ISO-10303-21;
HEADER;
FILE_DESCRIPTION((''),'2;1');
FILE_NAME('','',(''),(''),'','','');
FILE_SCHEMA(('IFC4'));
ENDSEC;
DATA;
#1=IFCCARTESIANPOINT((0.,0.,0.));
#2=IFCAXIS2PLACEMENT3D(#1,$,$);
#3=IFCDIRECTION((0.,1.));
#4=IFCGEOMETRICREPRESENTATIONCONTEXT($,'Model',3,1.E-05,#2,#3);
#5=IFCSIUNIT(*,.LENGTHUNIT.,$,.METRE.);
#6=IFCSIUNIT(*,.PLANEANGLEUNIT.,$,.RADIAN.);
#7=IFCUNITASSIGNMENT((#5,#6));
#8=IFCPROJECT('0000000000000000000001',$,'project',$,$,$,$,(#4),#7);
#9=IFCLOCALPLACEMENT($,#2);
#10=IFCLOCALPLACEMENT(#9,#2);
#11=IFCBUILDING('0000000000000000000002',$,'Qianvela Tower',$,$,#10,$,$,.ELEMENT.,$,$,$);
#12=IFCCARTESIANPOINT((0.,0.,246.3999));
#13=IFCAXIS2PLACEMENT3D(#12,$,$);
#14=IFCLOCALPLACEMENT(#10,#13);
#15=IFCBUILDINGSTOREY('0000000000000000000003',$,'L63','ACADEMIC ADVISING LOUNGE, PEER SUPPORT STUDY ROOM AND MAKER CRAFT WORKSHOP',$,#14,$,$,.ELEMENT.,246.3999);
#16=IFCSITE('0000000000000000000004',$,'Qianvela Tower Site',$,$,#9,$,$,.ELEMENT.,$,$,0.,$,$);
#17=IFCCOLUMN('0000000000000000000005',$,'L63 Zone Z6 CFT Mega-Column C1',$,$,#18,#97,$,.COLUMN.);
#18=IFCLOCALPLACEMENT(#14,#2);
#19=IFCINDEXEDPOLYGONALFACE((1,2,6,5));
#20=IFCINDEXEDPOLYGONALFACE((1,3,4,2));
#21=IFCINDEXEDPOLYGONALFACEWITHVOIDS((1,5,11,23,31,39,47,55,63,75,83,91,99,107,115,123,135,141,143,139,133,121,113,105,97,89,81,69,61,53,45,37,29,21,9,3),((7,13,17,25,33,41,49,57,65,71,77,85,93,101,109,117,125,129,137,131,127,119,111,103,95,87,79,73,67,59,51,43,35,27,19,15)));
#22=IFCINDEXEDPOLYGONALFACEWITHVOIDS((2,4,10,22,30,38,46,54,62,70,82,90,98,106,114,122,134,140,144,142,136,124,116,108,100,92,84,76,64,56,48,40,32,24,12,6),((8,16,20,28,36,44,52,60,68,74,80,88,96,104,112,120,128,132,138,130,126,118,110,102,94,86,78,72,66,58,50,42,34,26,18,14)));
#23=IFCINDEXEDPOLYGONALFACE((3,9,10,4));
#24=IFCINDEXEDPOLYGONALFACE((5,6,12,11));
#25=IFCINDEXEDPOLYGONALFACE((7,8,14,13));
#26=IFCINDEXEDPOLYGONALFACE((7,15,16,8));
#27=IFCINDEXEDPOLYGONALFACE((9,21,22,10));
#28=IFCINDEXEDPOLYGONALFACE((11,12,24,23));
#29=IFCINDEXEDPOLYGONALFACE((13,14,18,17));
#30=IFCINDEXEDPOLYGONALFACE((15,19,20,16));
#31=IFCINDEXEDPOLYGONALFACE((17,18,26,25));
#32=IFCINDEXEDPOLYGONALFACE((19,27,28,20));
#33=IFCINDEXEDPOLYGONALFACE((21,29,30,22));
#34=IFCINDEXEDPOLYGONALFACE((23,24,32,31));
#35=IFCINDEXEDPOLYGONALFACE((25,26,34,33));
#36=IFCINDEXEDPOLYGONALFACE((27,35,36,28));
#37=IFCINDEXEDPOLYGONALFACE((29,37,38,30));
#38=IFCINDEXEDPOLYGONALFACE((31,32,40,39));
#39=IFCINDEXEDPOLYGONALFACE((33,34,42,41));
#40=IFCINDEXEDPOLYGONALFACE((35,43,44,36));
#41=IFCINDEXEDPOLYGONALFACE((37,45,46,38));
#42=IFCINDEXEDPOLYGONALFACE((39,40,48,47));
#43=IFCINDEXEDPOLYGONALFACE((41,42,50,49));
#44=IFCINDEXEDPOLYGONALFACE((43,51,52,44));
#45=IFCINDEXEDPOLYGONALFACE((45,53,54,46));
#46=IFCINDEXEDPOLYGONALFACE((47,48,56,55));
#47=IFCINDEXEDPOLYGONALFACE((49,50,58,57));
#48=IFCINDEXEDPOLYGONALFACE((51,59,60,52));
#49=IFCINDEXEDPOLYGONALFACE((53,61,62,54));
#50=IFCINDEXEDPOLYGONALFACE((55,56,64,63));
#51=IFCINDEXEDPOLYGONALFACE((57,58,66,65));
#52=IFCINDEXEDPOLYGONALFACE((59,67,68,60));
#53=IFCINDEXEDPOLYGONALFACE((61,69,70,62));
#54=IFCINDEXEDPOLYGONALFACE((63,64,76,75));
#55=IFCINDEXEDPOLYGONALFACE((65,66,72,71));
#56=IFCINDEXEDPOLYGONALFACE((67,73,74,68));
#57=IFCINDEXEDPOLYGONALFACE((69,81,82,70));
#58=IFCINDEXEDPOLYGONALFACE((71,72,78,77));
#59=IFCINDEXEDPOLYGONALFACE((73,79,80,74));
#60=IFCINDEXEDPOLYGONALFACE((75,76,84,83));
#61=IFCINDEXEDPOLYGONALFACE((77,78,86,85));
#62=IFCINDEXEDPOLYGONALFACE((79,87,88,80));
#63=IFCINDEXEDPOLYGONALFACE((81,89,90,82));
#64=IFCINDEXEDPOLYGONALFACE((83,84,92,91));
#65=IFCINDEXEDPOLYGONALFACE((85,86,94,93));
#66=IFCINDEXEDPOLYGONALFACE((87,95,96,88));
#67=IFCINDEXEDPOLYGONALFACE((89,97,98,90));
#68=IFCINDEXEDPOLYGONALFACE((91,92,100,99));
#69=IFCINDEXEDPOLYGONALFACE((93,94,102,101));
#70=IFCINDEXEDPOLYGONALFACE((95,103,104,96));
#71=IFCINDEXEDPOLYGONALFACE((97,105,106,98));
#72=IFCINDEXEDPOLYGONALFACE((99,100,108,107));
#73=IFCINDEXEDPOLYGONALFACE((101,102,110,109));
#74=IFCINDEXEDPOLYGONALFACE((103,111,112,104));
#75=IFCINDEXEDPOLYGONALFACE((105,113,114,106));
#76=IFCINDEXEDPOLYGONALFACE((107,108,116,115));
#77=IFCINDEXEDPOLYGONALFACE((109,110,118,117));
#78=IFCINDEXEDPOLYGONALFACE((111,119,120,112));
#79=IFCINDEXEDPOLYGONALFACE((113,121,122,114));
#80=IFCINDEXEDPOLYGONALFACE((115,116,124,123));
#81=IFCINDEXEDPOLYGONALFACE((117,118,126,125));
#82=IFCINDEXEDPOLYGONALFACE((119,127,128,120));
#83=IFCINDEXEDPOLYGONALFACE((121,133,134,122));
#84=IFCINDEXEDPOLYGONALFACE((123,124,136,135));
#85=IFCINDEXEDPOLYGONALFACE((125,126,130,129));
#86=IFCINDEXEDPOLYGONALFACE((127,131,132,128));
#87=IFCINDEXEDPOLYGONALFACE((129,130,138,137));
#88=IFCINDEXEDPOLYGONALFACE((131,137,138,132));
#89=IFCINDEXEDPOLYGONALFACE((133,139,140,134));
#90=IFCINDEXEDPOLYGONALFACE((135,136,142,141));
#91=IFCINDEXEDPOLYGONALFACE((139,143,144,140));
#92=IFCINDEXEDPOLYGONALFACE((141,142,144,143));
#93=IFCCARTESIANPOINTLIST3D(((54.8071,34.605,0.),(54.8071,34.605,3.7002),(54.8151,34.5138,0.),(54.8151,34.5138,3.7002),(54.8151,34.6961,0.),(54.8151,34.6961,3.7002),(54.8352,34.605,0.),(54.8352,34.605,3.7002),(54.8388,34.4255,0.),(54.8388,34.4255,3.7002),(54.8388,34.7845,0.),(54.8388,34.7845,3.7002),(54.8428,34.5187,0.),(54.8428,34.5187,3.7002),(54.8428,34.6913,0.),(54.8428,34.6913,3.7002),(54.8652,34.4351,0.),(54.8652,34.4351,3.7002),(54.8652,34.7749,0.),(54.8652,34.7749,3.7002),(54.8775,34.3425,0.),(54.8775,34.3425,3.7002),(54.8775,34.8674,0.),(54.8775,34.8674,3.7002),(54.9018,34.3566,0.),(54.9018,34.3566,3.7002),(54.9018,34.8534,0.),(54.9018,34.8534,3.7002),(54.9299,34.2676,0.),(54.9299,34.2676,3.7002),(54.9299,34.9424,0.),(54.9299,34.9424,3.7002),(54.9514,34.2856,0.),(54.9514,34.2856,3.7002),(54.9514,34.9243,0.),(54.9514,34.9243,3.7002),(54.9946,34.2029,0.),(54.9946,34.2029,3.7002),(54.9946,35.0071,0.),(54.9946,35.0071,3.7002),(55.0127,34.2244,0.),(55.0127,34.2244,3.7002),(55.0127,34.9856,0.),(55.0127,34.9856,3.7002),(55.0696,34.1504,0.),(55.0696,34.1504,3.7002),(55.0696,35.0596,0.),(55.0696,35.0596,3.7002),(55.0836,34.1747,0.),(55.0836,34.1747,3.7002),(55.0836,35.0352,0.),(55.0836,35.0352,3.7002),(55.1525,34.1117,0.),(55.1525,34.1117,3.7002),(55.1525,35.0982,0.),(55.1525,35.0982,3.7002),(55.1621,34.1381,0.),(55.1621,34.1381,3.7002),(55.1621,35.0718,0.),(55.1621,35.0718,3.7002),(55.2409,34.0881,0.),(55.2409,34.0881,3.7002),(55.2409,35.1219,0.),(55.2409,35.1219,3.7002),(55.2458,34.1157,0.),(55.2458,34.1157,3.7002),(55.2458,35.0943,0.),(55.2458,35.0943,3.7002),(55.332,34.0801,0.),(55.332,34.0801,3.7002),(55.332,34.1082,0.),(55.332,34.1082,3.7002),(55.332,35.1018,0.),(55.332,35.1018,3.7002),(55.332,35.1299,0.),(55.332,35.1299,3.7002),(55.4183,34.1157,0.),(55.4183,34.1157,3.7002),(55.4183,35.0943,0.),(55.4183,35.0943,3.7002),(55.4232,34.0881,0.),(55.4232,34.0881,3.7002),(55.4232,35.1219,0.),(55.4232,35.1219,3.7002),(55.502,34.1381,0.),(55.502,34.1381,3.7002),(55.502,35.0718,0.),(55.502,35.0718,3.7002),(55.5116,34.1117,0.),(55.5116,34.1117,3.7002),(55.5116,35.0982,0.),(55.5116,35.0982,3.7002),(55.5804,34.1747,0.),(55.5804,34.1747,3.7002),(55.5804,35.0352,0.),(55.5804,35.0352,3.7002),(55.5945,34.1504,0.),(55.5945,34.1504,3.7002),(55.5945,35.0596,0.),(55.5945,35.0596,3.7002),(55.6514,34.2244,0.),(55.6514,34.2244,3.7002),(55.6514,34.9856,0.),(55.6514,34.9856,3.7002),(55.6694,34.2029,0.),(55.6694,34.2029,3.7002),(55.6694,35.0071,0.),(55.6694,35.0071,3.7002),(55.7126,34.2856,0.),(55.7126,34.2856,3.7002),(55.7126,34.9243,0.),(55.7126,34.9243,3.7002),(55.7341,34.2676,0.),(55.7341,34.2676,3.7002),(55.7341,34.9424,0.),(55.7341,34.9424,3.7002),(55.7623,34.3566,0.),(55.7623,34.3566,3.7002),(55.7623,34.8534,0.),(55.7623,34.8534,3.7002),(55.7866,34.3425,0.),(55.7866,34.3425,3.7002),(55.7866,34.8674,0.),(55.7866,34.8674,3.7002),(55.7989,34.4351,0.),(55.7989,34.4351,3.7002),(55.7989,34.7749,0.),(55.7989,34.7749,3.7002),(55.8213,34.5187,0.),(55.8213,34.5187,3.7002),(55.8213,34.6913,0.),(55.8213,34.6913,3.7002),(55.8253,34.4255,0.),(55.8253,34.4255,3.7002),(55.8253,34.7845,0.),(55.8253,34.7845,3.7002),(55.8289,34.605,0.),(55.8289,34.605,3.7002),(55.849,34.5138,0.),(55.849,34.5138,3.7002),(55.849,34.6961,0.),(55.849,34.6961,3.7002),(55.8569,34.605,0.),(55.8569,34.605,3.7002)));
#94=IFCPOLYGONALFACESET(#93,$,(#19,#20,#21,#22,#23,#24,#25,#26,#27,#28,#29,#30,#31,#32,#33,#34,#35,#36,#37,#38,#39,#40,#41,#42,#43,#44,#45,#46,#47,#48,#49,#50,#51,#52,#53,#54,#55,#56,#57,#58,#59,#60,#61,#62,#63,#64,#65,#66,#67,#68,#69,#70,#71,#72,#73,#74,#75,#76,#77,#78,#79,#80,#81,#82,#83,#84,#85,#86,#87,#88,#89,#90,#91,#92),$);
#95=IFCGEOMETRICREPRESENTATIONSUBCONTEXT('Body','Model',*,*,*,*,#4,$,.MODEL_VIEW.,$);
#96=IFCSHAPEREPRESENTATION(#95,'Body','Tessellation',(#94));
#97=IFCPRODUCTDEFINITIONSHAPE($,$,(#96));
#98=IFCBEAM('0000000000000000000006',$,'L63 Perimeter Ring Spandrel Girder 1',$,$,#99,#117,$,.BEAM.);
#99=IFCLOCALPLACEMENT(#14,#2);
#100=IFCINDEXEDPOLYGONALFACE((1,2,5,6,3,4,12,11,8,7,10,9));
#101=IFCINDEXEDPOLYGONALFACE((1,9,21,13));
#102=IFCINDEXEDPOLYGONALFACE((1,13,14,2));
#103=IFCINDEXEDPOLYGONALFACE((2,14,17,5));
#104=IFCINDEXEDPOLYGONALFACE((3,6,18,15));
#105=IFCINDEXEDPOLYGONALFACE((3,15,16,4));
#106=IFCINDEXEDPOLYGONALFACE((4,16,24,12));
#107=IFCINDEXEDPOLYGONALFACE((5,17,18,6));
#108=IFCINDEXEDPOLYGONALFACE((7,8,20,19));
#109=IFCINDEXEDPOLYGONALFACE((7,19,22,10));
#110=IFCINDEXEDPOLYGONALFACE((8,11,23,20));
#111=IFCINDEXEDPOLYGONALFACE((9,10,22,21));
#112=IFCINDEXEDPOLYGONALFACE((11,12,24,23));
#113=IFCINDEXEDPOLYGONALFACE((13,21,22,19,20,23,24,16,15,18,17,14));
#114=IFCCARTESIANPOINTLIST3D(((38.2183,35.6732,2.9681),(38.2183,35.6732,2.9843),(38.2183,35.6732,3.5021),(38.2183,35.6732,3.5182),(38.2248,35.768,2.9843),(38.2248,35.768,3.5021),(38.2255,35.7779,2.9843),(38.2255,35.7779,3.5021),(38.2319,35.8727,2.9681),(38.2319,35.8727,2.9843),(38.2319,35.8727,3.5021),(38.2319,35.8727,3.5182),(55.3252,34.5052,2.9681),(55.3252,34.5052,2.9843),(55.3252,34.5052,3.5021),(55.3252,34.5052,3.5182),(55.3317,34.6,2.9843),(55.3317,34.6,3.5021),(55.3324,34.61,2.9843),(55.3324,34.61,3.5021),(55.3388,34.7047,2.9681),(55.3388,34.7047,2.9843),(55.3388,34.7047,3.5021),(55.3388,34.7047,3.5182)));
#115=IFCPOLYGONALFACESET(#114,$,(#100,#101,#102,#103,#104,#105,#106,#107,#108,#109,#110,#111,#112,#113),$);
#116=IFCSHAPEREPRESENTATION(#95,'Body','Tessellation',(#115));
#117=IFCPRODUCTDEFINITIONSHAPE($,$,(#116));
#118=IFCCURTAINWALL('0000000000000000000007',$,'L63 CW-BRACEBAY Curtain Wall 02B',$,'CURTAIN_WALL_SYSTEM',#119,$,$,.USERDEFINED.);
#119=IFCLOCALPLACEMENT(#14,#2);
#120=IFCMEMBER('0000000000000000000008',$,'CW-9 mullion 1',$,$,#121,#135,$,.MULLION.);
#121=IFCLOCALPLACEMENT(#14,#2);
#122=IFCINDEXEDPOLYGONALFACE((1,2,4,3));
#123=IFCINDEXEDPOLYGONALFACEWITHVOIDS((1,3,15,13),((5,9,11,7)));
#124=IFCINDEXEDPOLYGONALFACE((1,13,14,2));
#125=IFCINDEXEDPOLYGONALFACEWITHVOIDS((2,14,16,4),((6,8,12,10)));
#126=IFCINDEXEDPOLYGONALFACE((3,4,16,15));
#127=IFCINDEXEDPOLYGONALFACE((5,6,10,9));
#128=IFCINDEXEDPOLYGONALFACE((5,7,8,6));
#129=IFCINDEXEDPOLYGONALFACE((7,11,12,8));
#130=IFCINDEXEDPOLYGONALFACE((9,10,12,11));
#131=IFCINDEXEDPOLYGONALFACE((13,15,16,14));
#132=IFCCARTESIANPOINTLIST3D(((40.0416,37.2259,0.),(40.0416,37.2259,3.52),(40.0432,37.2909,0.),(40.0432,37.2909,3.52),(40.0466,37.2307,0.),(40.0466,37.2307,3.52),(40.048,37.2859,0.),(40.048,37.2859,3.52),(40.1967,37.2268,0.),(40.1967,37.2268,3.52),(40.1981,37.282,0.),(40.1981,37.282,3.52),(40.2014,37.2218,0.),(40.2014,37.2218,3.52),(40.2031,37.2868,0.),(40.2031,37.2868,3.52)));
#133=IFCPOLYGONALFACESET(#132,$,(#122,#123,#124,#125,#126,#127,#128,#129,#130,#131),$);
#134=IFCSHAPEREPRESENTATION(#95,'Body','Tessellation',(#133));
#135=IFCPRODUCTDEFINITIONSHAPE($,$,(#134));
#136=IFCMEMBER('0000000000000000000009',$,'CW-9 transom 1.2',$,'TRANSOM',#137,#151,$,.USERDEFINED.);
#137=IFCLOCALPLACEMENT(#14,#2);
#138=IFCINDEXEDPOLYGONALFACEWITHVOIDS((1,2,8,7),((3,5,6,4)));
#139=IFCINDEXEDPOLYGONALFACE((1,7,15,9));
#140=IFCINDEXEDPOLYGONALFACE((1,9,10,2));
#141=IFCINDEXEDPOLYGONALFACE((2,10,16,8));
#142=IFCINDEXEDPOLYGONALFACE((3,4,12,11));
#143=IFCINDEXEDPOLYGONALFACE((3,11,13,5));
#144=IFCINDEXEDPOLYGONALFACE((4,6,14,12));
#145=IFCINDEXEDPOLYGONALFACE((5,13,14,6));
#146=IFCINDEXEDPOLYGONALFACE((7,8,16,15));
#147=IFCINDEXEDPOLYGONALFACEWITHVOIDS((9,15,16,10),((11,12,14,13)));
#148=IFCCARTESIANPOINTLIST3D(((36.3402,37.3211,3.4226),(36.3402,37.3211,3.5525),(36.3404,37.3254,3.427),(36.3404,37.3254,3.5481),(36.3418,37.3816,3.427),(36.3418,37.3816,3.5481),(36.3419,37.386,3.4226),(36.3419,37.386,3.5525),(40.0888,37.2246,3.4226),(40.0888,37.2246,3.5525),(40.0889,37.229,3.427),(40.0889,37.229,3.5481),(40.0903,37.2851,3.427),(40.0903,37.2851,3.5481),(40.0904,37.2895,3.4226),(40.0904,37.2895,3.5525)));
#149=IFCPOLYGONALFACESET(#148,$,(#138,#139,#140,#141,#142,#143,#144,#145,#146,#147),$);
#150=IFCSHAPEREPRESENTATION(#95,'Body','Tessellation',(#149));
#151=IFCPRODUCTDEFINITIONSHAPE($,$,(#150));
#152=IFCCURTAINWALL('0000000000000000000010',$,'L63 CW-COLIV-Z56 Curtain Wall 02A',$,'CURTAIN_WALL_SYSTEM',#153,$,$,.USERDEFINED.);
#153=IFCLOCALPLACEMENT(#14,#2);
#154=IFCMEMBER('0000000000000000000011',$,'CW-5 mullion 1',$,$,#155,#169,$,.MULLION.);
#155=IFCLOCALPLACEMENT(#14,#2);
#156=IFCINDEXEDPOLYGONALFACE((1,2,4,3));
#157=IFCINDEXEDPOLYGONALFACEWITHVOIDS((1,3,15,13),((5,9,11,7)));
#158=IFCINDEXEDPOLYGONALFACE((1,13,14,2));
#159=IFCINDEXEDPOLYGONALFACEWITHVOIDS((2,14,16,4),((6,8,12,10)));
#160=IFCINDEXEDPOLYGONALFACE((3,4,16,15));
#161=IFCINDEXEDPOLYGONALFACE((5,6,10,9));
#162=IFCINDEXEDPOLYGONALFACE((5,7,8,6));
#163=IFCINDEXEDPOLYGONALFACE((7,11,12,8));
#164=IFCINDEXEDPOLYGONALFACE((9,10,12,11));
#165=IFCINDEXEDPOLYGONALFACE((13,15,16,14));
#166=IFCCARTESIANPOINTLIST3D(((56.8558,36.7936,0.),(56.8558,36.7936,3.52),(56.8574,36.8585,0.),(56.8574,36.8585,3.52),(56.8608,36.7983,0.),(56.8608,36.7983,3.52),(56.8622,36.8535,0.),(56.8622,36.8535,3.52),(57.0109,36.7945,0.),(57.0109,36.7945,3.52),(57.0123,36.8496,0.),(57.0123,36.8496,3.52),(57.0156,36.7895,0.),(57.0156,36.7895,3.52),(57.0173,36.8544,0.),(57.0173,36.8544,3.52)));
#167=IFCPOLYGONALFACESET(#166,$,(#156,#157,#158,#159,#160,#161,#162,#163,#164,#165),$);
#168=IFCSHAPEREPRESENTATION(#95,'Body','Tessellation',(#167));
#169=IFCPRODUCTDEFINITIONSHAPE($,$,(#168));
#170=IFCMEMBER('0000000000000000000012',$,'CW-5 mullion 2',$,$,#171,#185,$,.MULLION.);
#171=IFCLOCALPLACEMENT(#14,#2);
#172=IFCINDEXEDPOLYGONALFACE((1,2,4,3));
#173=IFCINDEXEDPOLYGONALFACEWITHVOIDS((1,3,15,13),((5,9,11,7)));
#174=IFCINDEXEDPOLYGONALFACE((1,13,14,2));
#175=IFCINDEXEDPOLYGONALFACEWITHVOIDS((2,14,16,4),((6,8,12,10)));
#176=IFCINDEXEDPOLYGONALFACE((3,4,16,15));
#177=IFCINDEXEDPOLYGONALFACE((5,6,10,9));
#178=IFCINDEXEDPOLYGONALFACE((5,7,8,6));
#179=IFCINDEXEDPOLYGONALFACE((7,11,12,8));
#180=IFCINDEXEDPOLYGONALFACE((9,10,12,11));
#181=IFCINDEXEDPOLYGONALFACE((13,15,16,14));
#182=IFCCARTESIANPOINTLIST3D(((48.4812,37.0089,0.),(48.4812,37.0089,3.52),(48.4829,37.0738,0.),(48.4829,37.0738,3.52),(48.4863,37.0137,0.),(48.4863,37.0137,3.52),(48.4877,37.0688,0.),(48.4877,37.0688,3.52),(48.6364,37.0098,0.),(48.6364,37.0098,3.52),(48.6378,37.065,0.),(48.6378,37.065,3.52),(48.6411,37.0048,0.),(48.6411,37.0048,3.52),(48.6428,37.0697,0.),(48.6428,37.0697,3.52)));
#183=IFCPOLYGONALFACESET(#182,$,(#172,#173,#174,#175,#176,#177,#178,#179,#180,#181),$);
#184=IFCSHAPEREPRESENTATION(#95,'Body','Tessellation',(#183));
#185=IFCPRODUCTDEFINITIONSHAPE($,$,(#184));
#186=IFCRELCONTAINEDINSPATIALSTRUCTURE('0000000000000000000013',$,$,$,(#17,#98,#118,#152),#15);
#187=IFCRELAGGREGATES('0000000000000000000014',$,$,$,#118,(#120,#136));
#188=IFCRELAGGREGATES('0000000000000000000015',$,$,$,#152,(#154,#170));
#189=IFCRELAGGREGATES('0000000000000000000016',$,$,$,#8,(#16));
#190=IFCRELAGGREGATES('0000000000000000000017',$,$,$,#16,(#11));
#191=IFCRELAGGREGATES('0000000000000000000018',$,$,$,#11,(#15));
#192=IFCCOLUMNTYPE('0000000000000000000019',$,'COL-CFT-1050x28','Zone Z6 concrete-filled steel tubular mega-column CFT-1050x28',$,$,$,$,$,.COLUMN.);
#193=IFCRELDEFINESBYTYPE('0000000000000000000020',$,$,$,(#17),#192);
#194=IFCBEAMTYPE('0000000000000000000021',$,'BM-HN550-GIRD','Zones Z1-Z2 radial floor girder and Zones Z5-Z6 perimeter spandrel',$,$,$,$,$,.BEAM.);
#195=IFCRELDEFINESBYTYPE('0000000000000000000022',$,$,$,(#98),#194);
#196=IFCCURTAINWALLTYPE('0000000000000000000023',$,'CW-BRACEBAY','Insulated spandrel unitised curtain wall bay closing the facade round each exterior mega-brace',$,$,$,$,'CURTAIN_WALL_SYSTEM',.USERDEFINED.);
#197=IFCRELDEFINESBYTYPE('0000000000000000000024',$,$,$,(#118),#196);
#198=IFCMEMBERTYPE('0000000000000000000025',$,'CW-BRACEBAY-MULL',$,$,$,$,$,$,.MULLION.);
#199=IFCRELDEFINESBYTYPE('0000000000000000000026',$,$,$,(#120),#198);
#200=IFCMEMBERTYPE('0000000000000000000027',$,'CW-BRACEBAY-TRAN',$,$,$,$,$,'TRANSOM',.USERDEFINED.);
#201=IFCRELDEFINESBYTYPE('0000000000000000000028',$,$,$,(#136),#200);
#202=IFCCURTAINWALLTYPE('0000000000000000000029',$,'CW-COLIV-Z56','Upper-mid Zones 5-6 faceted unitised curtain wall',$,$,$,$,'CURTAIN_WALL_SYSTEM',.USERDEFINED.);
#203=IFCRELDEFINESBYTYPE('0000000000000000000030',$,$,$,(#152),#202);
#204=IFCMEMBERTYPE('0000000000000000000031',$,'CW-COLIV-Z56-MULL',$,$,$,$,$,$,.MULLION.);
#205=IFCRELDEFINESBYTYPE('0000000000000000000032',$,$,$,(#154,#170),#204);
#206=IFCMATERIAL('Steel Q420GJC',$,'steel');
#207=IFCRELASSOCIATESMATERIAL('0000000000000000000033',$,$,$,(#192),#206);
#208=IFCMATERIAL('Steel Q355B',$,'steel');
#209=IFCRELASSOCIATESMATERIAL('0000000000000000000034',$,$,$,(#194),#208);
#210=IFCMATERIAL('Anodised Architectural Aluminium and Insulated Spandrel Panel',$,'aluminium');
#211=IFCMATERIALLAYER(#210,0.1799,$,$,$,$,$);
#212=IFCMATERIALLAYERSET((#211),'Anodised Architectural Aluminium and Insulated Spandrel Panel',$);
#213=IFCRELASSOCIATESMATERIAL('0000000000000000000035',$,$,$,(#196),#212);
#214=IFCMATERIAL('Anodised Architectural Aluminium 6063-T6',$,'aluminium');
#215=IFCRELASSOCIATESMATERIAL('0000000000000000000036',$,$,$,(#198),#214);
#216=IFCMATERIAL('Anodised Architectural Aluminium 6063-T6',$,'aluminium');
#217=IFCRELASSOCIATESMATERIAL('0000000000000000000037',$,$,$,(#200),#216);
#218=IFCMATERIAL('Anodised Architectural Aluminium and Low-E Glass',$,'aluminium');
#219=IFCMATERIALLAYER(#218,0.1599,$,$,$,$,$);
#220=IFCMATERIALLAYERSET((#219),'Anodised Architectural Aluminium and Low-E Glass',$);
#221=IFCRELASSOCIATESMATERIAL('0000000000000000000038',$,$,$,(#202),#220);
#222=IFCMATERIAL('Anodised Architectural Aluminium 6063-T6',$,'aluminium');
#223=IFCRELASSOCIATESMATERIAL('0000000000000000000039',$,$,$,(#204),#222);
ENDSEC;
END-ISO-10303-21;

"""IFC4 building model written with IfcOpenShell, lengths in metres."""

from ifc_helpers import new_model, si_unit, direction, frame, origin, origin_2d, place, context, subcontext, project, spatial, hollow_rectangle, hollow_circle, i_section, extrude, material, layer, layer_set, material_profile, profile_set, type_object, element, aggregate, save


model = new_model("IFC4")

# Units and contexts
model_context = context("Model", 3, precision=1e-05, world=origin(), true_north=direction((0.0, 1.0)))
body_context = subcontext(model_context, "Body", "Model", "MODEL_VIEW")
ifc_project = project(units=[si_unit("LENGTHUNIT", "METRE"), si_unit("PLANEANGLEUNIT", "RADIAN")], contexts=[model_context])

# Site, building, storey
site_placement = place(None, origin())
site = spatial("IfcSite", under=ifc_project, at=site_placement, Name="Qianvela Tower Site", CompositionType="ELEMENT", RefElevation=0.0)
building_placement = place(site_placement, origin())
building = spatial("IfcBuilding", under=site, at=building_placement, Name="Qianvela Tower", CompositionType="ELEMENT")
storey_placement = place(building_placement, frame((0.0, 0.0, 246.3999)))
storey = spatial("IfcBuildingStorey", under=building, at=storey_placement, Name="L63", Description="ACADEMIC ADVISING LOUNGE, PEER SUPPORT STUDY ROOM AND MAKER CRAFT WORKSHOP", CompositionType="ELEMENT", Elevation=246.3999)

# Column
ifc_material_1 = material(Name="Steel Q420GJC", Category="steel")
ifc_material_profile_1 = material_profile(ifc_material_1, hollow_circle(Radius=0.5249, WallThickness=0.0281, at=origin_2d()), Name="CFT-1050x28")
ifc_profile_set_1 = profile_set([ifc_material_profile_1], Name="Steel Q420GJC")
column_type = type_object("IfcColumnType", Name="COL-CFT-1050x28", Description="Zone Z6 concrete-filled steel tubular mega-column CFT-1050x28", PredefinedType="COLUMN", material=ifc_profile_set_1)
column_placement = place(storey_placement, frame((55.332, 34.605, 0.0), z_axis=(0.0, 0.0, 1.0), x_axis=(1.0, 0.0, 0.0)))
element("IfcColumn", 1, at=column_placement, inside=storey, type_object=column_type, Name="L63 Zone Z6 CFT Mega-Column C1", PredefinedType="COLUMN", context=body_context, shape_type="SweptSolid", body=[
    extrude(hollow_circle(Radius=0.5249, WallThickness=0.0281, at=origin_2d()), origin(), (0.0, 0.0, 1.0), 3.7002),
])

# Beam
ifc_material_2 = material(Name="Steel Q355B", Category="steel")
ifc_material_profile_2 = material_profile(ifc_material_2, i_section(OverallWidth=0.2, OverallDepth=0.55, WebThickness=0.01, FlangeThickness=0.0161, at=origin_2d()), Name="HN550x200x10x16")
ifc_profile_set_2 = profile_set([ifc_material_profile_2], Name="Steel Q355B")
beam_type = type_object("IfcBeamType", Name="BM-HN550-GIRD", Description="Zones Z1-Z2 radial floor girder and Zones Z5-Z6 perimeter spandrel", PredefinedType="BEAM", material=ifc_profile_set_2)
beam_placement = place(storey_placement, frame((55.332, 34.605, 3.2432), z_axis=(-0.997677, 0.068116, 0.0), x_axis=(-0.068116, -0.997677, 0.0)))
element("IfcBeam", 2, at=beam_placement, inside=storey, type_object=beam_type, Name="L63 Perimeter Ring Spandrel Girder 1", PredefinedType="BEAM", context=body_context, shape_type="SweptSolid", body=[
    extrude(i_section(OverallWidth=0.2, OverallDepth=0.55, WebThickness=0.01, FlangeThickness=0.0161, at=origin_2d()), origin(), (0.0, 0.0, 1.0), 17.1467),
])

# Curtain walls, members
ifc_material_3 = material(Name="Anodised Architectural Aluminium and Insulated Spandrel Panel", Category="aluminium")
ifc_layer_1 = layer(ifc_material_3, 0.1799)
ifc_layer_set_1 = layer_set([ifc_layer_1], Name="Anodised Architectural Aluminium and Insulated Spandrel Panel")
curtain_wall_type_1 = type_object("IfcCurtainWallType", Name="CW-BRACEBAY", Description="Insulated spandrel unitised curtain wall bay closing the facade round each exterior mega-brace", ElementType="CURTAIN_WALL_SYSTEM", PredefinedType="USERDEFINED", material=ifc_layer_set_1)
curtain_wall_1_placement = place(storey_placement, origin())
curtain_wall_1 = element("IfcCurtainWall", 3, at=curtain_wall_1_placement, inside=storey, type_object=curtain_wall_type_1, Name="L63 CW-BRACEBAY Curtain Wall 02B", ObjectType="CURTAIN_WALL_SYSTEM", PredefinedType="USERDEFINED")
ifc_material_4 = material(Name="Anodised Architectural Aluminium 6063-T6", Category="aluminium")
ifc_material_profile_3 = material_profile(ifc_material_4, hollow_rectangle(XDim=0.0649, YDim=0.1599, WallThickness=0.0049, at=origin_2d()), Name="ALU-MULL-65x160")
ifc_profile_set_3 = profile_set([ifc_material_profile_3], Name="Anodised Architectural Aluminium 6063-T6")
member_type_1 = type_object("IfcMemberType", Name="CW-BRACEBAY-MULL", PredefinedType="MULLION", material=ifc_profile_set_3)
member_1_placement = place(storey_placement, frame((40.1223, 37.2563, 0.0), z_axis=(0.0, 0.0, 1.0), x_axis=(-0.025696, -0.99967, 0.0)))
member_1 = element("IfcMember", 4, at=member_1_placement, type_object=member_type_1, Name="CW-9 mullion 1", PredefinedType="MULLION", context=body_context, shape_type="SweptSolid", body=[
    extrude(hollow_rectangle(XDim=0.0649, YDim=0.1599, WallThickness=0.0049, at=origin_2d()), origin(), (0.0, 0.0, 1.0), 3.52),
])
ifc_material_5 = material(Name="Anodised Architectural Aluminium 6063-T6", Category="aluminium")
ifc_material_profile_4 = material_profile(ifc_material_5, hollow_rectangle(XDim=0.0649, YDim=0.1299, WallThickness=0.0044, at=origin_2d()), Name="ALU-TRAN-65x130")
ifc_profile_set_4 = profile_set([ifc_material_profile_4], Name="Anodised Architectural Aluminium 6063-T6")
member_type_2 = type_object("IfcMemberType", Name="CW-BRACEBAY-TRAN", ElementType="TRANSOM", PredefinedType="USERDEFINED", material=ifc_profile_set_4)
member_2_placement = place(storey_placement, frame((40.0896, 37.2571, 3.4875), z_axis=(-0.999669, 0.025718, 0.0), x_axis=(-0.025718, -0.999669, 0.0)))
member_2 = element("IfcMember", 5, at=member_2_placement, type_object=member_type_2, Name="CW-9 transom 1.2", ObjectType="TRANSOM", PredefinedType="USERDEFINED", context=body_context, shape_type="SweptSolid", body=[
    extrude(hollow_rectangle(XDim=0.0649, YDim=0.1299, WallThickness=0.0044, at=origin_2d()), origin(), (0.0, 0.0, 1.0), 3.7498),
])
aggregate(curtain_wall_1, [member_1, member_2])
ifc_material_6 = material(Name="Anodised Architectural Aluminium and Low-E Glass", Category="aluminium")
ifc_layer_2 = layer(ifc_material_6, 0.1599)
ifc_layer_set_2 = layer_set([ifc_layer_2], Name="Anodised Architectural Aluminium and Low-E Glass")
curtain_wall_type_2 = type_object("IfcCurtainWallType", Name="CW-COLIV-Z56", Description="Upper-mid Zones 5-6 faceted unitised curtain wall", ElementType="CURTAIN_WALL_SYSTEM", PredefinedType="USERDEFINED", material=ifc_layer_set_2)
curtain_wall_2_placement = place(storey_placement, origin())
curtain_wall_2 = element("IfcCurtainWall", 6, at=curtain_wall_2_placement, inside=storey, type_object=curtain_wall_type_2, Name="L63 CW-COLIV-Z56 Curtain Wall 02A", ObjectType="CURTAIN_WALL_SYSTEM", PredefinedType="USERDEFINED")
ifc_material_7 = material(Name="Anodised Architectural Aluminium 6063-T6", Category="aluminium")
ifc_material_profile_5 = material_profile(ifc_material_7, hollow_rectangle(XDim=0.0649, YDim=0.1599, WallThickness=0.0049, at=origin_2d()), Name="ALU-MULL-65x160")
ifc_profile_set_5 = profile_set([ifc_material_profile_5], Name="Anodised Architectural Aluminium 6063-T6")
member_type_3 = type_object("IfcMemberType", Name="CW-COLIV-Z56-MULL", PredefinedType="MULLION", material=ifc_profile_set_5)
member_3_placement = place(storey_placement, frame((56.9365, 36.824, 0.0), z_axis=(0.0, 0.0, 1.0), x_axis=(-0.025708, -0.99967, 0.0)))
member_3 = element("IfcMember", 7, at=member_3_placement, type_object=member_type_3, Name="CW-5 mullion 1", PredefinedType="MULLION", context=body_context, shape_type="SweptSolid", body=[
    extrude(hollow_rectangle(XDim=0.0649, YDim=0.1599, WallThickness=0.0049, at=origin_2d()), origin(), (0.0, 0.0, 1.0), 3.52),
])
member_4_placement = place(storey_placement, frame((48.562, 37.0393, 0.0), z_axis=(0.0, 0.0, 1.0), x_axis=(-0.025708, -0.99967, 0.0)))
member_4 = element("IfcMember", 8, at=member_4_placement, type_object=member_type_3, Name="CW-5 mullion 2", PredefinedType="MULLION", context=body_context, shape_type="SweptSolid", body=[
    extrude(hollow_rectangle(XDim=0.0649, YDim=0.1599, WallThickness=0.0049, at=origin_2d()), origin(), (0.0, 0.0, 1.0), 3.52),
])

aggregate(curtain_wall_2, [member_3, member_4])

save(model, "model.ifc")
